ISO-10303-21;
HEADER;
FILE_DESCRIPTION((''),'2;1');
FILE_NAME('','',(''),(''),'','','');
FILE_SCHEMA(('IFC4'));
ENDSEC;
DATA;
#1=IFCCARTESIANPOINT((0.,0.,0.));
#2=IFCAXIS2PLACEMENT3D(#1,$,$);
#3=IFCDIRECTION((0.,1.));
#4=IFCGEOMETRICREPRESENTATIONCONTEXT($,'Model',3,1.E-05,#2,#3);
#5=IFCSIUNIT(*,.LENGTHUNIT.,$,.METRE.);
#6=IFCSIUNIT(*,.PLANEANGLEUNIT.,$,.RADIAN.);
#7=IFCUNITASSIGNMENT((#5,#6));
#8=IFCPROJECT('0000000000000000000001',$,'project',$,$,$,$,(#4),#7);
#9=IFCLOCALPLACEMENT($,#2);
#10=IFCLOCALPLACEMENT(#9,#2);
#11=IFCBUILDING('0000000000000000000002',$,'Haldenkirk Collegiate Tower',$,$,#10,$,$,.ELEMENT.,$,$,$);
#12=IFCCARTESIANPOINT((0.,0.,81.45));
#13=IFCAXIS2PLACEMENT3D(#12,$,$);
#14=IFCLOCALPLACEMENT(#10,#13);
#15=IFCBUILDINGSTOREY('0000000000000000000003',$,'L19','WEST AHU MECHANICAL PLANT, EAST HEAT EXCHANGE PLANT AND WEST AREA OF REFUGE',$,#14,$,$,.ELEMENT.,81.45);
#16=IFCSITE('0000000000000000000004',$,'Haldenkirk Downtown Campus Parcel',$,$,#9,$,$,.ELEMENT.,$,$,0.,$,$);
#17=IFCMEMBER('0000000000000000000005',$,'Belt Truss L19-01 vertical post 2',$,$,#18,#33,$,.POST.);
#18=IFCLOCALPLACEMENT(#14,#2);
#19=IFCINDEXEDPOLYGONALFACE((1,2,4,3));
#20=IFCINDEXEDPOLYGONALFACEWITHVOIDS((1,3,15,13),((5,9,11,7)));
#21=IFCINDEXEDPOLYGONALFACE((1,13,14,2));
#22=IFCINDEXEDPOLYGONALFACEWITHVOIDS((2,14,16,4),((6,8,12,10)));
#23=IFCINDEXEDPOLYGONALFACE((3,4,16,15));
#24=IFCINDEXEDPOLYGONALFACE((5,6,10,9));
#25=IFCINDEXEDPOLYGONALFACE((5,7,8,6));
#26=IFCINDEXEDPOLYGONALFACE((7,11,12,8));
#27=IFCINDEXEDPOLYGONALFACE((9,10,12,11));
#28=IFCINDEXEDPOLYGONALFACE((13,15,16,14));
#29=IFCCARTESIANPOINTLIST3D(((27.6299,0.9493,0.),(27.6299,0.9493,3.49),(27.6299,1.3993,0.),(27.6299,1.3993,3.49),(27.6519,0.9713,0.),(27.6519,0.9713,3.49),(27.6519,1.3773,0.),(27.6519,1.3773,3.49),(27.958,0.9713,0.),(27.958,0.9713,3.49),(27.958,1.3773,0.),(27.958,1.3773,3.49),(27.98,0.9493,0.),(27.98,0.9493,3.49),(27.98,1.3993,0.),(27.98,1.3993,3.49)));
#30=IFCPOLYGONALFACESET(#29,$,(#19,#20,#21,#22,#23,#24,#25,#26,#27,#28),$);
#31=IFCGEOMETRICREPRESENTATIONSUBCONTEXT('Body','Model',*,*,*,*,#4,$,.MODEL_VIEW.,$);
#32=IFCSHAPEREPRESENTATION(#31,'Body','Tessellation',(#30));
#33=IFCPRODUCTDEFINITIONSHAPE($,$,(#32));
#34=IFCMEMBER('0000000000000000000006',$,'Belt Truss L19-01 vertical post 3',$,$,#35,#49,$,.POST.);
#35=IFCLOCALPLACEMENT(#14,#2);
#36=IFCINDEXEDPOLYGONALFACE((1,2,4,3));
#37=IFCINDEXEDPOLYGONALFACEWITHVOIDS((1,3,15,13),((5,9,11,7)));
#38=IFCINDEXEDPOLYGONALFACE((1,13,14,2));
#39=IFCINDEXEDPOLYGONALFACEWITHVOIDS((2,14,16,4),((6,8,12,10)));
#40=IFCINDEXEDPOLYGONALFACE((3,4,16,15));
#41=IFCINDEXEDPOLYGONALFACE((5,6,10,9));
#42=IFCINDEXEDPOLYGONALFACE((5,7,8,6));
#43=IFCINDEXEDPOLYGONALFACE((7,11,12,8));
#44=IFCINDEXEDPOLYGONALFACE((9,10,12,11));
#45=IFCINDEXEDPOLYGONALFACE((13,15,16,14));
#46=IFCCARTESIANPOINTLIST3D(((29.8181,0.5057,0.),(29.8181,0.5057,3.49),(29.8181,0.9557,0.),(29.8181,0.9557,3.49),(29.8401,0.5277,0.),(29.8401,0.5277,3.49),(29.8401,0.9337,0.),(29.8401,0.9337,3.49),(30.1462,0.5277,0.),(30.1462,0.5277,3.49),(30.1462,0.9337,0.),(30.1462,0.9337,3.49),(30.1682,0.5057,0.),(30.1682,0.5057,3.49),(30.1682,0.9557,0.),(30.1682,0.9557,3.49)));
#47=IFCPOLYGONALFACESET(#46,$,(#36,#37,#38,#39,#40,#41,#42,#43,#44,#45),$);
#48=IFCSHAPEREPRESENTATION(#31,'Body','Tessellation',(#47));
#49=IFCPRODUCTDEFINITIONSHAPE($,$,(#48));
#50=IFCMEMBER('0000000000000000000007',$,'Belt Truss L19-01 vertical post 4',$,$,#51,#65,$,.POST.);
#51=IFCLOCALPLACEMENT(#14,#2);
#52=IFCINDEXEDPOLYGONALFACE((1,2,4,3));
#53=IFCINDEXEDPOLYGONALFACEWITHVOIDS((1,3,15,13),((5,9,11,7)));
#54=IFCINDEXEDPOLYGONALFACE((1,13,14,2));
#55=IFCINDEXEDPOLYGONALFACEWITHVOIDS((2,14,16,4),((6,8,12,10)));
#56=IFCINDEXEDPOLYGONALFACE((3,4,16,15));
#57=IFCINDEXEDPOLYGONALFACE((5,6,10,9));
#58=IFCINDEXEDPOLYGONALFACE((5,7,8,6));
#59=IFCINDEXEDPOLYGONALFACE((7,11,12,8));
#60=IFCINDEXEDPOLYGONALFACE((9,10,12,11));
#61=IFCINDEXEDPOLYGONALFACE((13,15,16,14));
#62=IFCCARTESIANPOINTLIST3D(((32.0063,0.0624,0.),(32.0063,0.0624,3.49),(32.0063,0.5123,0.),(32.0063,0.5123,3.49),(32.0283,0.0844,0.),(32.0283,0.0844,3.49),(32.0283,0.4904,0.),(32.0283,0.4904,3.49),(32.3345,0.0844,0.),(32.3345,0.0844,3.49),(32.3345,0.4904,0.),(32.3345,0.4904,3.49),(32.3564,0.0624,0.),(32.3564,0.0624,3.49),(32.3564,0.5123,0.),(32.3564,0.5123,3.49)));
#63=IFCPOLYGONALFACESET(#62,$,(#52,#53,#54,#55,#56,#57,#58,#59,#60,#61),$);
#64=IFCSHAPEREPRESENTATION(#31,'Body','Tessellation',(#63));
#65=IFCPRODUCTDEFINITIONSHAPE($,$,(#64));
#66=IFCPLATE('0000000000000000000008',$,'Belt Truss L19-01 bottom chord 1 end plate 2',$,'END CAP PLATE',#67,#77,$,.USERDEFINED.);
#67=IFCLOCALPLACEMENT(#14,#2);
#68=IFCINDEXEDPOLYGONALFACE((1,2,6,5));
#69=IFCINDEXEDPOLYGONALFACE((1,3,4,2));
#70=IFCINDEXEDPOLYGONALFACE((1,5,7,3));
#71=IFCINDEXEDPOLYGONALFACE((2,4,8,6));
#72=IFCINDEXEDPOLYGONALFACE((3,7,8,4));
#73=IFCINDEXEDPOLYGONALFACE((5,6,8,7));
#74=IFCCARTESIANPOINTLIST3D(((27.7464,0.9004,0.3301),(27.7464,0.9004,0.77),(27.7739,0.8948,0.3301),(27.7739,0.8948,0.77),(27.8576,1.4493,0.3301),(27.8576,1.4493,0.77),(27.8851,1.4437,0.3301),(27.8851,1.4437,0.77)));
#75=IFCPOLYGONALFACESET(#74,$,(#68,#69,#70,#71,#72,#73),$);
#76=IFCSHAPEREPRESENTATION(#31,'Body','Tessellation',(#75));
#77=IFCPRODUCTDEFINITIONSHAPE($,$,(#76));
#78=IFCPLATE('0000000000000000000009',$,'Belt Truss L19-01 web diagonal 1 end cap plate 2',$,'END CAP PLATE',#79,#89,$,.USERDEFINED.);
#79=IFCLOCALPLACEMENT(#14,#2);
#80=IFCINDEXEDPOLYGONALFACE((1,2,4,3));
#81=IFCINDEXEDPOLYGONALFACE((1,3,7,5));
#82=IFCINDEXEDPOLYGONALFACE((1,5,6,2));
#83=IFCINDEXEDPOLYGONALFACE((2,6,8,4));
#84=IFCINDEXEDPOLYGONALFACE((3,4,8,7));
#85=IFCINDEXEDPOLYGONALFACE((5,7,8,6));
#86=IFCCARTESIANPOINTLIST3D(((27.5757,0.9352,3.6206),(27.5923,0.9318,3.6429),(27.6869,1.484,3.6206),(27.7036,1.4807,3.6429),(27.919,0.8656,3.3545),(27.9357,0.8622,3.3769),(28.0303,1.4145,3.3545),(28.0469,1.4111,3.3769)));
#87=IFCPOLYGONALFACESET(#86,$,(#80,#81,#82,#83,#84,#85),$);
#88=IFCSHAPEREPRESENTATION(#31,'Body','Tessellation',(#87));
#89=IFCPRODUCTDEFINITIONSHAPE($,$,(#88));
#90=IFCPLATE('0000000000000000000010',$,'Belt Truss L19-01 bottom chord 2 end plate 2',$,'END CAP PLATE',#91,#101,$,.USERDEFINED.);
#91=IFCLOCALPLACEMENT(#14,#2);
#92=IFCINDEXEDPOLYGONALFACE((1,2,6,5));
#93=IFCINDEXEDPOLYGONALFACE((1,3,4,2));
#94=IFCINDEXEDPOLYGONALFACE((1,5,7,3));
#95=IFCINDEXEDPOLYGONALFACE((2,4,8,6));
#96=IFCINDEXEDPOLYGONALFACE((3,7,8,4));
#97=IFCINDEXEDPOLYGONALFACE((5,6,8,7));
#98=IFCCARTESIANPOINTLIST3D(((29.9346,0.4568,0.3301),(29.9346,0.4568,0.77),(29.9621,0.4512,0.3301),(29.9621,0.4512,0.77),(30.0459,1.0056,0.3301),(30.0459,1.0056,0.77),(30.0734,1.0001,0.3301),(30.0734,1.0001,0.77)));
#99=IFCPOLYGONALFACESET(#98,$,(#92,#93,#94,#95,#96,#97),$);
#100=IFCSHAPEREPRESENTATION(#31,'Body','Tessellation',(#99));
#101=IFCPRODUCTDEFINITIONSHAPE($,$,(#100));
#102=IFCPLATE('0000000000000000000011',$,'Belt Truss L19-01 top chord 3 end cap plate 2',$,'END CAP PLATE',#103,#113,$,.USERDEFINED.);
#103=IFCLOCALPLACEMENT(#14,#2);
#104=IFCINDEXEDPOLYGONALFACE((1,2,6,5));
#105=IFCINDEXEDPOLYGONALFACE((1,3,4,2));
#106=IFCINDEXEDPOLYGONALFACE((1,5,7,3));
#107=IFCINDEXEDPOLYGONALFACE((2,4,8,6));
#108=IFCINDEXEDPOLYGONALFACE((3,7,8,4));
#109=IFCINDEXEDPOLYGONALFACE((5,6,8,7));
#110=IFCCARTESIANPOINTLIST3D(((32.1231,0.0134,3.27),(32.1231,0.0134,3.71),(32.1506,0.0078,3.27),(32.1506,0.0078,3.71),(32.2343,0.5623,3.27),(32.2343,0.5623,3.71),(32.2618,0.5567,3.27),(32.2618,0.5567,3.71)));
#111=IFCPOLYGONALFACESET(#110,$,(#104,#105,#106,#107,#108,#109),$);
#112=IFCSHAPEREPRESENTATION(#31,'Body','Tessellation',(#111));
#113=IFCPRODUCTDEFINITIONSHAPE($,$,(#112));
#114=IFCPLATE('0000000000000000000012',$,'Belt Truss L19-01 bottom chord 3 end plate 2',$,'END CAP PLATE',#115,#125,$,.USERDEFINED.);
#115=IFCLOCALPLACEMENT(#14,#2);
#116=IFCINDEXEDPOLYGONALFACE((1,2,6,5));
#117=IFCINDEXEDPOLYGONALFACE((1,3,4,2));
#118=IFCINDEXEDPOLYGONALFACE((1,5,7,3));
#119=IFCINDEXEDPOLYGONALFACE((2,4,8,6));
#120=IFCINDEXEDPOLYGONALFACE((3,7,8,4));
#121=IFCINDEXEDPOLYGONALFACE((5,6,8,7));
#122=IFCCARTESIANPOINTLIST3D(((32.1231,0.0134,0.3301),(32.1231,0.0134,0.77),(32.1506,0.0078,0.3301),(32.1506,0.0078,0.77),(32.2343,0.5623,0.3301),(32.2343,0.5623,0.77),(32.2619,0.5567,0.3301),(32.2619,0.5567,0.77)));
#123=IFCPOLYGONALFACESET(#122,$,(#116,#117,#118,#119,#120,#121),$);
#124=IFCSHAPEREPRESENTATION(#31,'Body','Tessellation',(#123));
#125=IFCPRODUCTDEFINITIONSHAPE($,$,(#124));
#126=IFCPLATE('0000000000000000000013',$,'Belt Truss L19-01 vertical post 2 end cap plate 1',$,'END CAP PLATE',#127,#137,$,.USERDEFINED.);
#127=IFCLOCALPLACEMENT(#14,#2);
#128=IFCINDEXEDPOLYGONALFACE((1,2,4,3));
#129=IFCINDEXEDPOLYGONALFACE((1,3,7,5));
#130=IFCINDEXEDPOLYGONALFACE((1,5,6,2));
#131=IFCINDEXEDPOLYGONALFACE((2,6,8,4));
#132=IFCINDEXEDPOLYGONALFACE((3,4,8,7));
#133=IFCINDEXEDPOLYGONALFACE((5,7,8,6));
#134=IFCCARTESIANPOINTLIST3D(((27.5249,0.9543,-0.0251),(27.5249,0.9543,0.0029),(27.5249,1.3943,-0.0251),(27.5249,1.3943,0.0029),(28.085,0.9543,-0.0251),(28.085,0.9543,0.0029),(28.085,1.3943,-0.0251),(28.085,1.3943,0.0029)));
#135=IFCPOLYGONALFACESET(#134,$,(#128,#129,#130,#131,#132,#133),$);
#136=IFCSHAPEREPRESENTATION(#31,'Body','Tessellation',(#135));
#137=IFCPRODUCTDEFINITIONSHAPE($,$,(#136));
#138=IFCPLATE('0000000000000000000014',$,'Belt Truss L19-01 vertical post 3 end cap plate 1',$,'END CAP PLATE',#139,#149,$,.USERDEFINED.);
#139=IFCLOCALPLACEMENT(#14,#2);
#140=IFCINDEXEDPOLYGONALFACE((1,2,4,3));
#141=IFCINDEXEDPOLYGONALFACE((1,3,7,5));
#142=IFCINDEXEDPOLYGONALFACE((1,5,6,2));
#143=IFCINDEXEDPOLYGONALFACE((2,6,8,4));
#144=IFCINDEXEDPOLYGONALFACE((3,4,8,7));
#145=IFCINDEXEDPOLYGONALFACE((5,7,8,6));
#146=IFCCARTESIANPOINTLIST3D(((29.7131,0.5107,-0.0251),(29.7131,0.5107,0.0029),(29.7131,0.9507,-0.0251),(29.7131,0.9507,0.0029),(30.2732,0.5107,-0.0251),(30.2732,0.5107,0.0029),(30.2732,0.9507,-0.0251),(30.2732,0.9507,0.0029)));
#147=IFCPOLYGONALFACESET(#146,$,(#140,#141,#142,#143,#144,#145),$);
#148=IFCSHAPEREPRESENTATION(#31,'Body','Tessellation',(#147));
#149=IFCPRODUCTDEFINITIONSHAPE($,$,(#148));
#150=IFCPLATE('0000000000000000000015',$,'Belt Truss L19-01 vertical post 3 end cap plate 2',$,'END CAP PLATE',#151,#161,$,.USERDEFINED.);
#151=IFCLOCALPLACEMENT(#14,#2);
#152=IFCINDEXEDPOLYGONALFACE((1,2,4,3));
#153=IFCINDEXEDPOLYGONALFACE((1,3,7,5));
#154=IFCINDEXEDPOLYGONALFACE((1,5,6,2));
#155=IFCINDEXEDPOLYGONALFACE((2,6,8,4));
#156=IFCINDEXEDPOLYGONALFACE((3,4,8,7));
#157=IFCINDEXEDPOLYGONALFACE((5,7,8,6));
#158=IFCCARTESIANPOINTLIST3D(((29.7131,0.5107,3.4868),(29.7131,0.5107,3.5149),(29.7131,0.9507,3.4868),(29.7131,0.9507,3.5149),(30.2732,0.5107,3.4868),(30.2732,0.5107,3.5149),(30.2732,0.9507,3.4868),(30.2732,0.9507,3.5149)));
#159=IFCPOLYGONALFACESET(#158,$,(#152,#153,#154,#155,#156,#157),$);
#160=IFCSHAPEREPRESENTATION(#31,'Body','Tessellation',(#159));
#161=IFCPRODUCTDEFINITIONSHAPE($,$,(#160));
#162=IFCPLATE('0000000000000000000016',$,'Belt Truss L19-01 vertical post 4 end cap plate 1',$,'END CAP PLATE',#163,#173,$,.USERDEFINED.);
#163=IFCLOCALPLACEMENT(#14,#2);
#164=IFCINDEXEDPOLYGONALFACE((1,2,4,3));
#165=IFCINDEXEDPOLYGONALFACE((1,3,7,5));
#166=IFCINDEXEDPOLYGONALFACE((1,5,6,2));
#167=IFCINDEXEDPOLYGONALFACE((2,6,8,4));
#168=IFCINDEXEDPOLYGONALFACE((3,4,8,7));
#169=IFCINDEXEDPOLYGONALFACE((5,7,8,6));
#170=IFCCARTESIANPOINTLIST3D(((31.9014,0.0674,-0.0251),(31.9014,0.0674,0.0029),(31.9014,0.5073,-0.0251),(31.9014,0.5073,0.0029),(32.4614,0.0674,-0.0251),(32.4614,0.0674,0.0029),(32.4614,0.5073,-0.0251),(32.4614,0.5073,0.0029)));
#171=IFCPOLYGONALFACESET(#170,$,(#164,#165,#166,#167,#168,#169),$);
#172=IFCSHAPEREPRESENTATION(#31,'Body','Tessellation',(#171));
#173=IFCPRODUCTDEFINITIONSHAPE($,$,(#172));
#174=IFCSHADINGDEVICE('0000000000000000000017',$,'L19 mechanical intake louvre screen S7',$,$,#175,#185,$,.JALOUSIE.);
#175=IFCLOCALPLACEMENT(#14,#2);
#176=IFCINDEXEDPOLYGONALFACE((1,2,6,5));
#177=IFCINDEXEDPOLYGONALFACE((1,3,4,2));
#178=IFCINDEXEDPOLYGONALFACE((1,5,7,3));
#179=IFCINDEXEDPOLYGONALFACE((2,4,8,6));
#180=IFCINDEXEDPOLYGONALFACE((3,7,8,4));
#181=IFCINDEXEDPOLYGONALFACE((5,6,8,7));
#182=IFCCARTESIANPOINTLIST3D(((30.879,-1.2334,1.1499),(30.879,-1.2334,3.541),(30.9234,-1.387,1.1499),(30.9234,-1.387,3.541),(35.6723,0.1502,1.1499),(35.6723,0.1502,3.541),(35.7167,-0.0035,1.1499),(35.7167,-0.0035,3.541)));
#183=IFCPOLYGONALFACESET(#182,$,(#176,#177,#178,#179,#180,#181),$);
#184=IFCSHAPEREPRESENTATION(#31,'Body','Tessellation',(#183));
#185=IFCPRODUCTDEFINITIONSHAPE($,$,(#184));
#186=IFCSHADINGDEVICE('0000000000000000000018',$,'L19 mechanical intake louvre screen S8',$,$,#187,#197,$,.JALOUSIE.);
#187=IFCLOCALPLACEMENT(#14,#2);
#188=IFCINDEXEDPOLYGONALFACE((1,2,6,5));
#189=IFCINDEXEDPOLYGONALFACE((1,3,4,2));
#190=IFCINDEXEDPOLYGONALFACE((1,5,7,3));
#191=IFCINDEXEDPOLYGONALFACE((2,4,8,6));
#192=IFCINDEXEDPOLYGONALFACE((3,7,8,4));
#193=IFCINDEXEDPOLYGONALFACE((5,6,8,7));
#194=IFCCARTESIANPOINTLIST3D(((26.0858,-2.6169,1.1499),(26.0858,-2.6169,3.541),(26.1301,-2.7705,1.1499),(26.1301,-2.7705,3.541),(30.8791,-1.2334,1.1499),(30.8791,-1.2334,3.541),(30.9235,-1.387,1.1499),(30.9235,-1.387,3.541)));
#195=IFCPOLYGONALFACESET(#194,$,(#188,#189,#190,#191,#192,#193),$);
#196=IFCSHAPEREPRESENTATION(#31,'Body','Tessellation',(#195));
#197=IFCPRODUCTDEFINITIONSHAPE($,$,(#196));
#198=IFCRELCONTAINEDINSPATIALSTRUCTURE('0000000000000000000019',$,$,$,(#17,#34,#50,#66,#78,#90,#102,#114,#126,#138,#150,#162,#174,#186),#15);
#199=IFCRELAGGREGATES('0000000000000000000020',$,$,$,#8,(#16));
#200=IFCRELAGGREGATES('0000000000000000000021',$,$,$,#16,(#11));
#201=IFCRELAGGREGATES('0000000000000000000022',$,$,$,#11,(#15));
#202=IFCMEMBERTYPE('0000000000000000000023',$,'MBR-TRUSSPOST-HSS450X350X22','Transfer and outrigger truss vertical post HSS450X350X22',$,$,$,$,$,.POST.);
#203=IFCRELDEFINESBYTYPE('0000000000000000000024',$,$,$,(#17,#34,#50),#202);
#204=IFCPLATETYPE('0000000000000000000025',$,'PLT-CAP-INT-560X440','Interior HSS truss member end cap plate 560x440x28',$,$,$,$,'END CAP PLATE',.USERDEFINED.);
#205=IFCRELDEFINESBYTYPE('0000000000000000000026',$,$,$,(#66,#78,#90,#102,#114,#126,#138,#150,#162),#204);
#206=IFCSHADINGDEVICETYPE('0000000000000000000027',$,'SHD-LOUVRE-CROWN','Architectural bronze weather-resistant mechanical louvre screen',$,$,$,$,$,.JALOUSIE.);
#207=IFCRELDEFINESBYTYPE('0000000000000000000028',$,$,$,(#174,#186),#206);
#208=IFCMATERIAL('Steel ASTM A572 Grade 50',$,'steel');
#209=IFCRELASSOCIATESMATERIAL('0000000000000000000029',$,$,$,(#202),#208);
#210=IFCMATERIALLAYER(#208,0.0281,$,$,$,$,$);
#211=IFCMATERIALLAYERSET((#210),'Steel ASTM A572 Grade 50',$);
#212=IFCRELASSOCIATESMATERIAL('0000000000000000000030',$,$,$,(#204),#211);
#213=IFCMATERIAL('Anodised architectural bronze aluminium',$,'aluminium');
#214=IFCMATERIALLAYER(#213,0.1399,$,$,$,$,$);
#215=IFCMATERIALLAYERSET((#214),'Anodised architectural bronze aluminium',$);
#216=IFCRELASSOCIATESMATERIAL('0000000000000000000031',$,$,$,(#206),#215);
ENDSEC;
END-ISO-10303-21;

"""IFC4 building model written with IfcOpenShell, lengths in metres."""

from ifc_helpers import new_model, si_unit, direction, frame, origin, origin_2d, place, context, subcontext, project, spatial, rectangle, hollow_rectangle, extrude, source, transform, mapped, material, layer, layer_set, material_profile, profile_set, type_object, element, save


model = new_model("IFC4")

# Units and contexts
model_context = context("Model", 3, precision=1e-05, world=origin(), true_north=direction((0.0, 1.0)))
body_context = subcontext(model_context, "Body", "Model", "MODEL_VIEW")
ifc_project = project(units=[si_unit("LENGTHUNIT", "METRE"), si_unit("PLANEANGLEUNIT", "RADIAN")], contexts=[model_context])

# Site, building, storey
site_placement = place(None, origin())
site = spatial("IfcSite", under=ifc_project, at=site_placement, Name="Haldenkirk Downtown Campus Parcel", CompositionType="ELEMENT", RefElevation=0.0)
building_placement = place(site_placement, origin())
building = spatial("IfcBuilding", under=site, at=building_placement, Name="Haldenkirk Collegiate Tower", CompositionType="ELEMENT")
storey_placement = place(building_placement, frame((0.0, 0.0, 81.45)))
storey = spatial("IfcBuildingStorey", under=building, at=storey_placement, Name="L19", Description="WEST AHU MECHANICAL PLANT, EAST HEAT EXCHANGE PLANT AND WEST AREA OF REFUGE", CompositionType="ELEMENT", Elevation=81.45)

# Members
ifc_material_1 = material(Name="Steel ASTM A572 Grade 50", Category="steel")
ifc_material_profile_1 = material_profile(ifc_material_1, hollow_rectangle(XDim=0.3501, YDim=0.45, WallThickness=0.022, at=origin_2d()), Name="HSS450X350X22")
ifc_profile_set_1 = profile_set([ifc_material_profile_1], Name="Steel ASTM A572 Grade 50")
member_type_1 = type_object("IfcMemberType", Name="MBR-TRUSSPOST-HSS450X350X22", Description="Transfer and outrigger truss vertical post HSS450X350X22", PredefinedType="POST", material=ifc_profile_set_1)
for number, where, z_axis, x_axis, name in (
    (1, (27.8049, 1.1743, 0.0), (0.0, 0.0, 1.0), (1.0, 0.0, 0.0), "Belt Truss L19-01 vertical post 2"),
    (2, (29.9932, 0.7307, 0.0), (0.0, 0.0, 1.0), (1.0, 0.0, 0.0), "Belt Truss L19-01 vertical post 3"),
    (3, (32.1814, 0.2874, 0.0), (0.0, 0.0, 1.0), (1.0, 0.0, 0.0), "Belt Truss L19-01 vertical post 4"),
):
    element("IfcMember", number, at=place(storey_placement, frame(where, z_axis=z_axis, x_axis=x_axis)), inside=storey, type_object=member_type_1, Name=name, PredefinedType="POST", context=body_context, shape_type="SweptSolid", body=[
        extrude(hollow_rectangle(XDim=0.3501, YDim=0.45, WallThickness=0.022, at=origin_2d()), origin(), (0.0, 0.0, 1.0), 3.49),
    ])

# Plates
ifc_layer_1 = layer(ifc_material_1, 0.0281)
ifc_layer_set_1 = layer_set([ifc_layer_1], Name="Steel ASTM A572 Grade 50")
plate_type = type_object("IfcPlateType", Name="PLT-CAP-INT-560X440", Description="Interior HSS truss member end cap plate 560x440x28", ElementType="END CAP PLATE", PredefinedType="USERDEFINED", material=ifc_layer_set_1)
shared_shape_1 = source(origin(), body_context, "Body", "SweptSolid", [
    extrude(rectangle(XDim=0.5601, YDim=0.4399, at=origin_2d()), origin(), (0.0, 0.0, 1.0), 0.0281),
])
for number, where, z_axis, x_axis, name in (
    (4, (27.802, 1.1748, 0.55), (0.980072, -0.198645, 0.0), (0.198645, 0.980072, 0.0), "Belt Truss L19-01 bottom chord 1 end plate 2"),
    (5, (27.803, 1.1748, 3.4875), (0.592756, -0.120133, 0.796372), (0.19863, 0.980075, 0.0), "Belt Truss L19-01 web diagonal 1 end cap plate 2"),
    (6, (29.9902, 0.7312, 0.55), (0.980072, -0.198645, 0.0), (0.198645, 0.980072, 0.0), "Belt Truss L19-01 bottom chord 2 end plate 2"),
    (7, (32.1787, 0.2878, 3.49), (0.980075, -0.19863, 0.0), (0.19863, 0.980075, 0.0), "Belt Truss L19-01 top chord 3 end cap plate 2"),
    (8, (32.1787, 0.2878, 0.55), (0.980072, -0.198645, 0.0), (0.198645, 0.980072, 0.0), "Belt Truss L19-01 bottom chord 3 end plate 2"),
    (9, (27.8049, 1.1743, 0.0029), (0.0, 0.0, -1.0), (1.0, 0.0, 0.0), "Belt Truss L19-01 vertical post 2 end cap plate 1"),
    (10, (29.9932, 0.7307, 0.0029), (0.0, 0.0, -1.0), (1.0, 0.0, 0.0), "Belt Truss L19-01 vertical post 3 end cap plate 1"),
    (11, (29.9932, 0.7307, 3.4868), (0.0, 0.0, 1.0), (1.0, 0.0, 0.0), "Belt Truss L19-01 vertical post 3 end cap plate 2"),
    (12, (32.1814, 0.2874, 0.0029), (0.0, 0.0, -1.0), (1.0, 0.0, 0.0), "Belt Truss L19-01 vertical post 4 end cap plate 1"),
):
    element("IfcPlate", number, at=place(storey_placement, frame(where, z_axis=z_axis, x_axis=x_axis)), inside=storey, type_object=plate_type, Name=name, ObjectType="END CAP PLATE", PredefinedType="USERDEFINED", context=body_context, shape_type="MappedRepresentation", body=[
        mapped(shared_shape_1, transform((0.0, 0.0, 0.0), x_axis=(1.0, 0.0, 0.0), y_axis=(0.0, 1.0, 0.0), z_axis=(0.0, 0.0, 1.0), scale=1.0)),
    ])

# Shading devices
ifc_material_2 = material(Name="Anodised architectural bronze aluminium", Category="aluminium")
ifc_layer_2 = layer(ifc_material_2, 0.1399)
ifc_layer_set_2 = layer_set([ifc_layer_2], Name="Anodised architectural bronze aluminium")
shading_device_type = type_object("IfcShadingDeviceType", Name="SHD-LOUVRE-CROWN", Description="Architectural bronze weather-resistant mechanical louvre screen", PredefinedType="JALOUSIE", material=ifc_layer_set_2)
shared_shape_2 = source(origin(), body_context, "Body", "SweptSolid", [
    extrude(rectangle(XDim=4.989, YDim=0.1599, at=origin_2d()), origin(), (0.0, 0.0, 1.0), 2.3911),
])
for number, where, z_axis, x_axis, name in (
    (13, (33.2979, -0.6184, 1.1499), (0.0, 0.0, 1.0), (-0.960779, -0.277315, 0.0), "L19 mechanical intake louvre screen S7"),
    (14, (28.5046, -2.002, 1.1499), (0.0, 0.0, 1.0), (-0.960779, -0.277315, 0.0), "L19 mechanical intake louvre screen S8"),
):
    element("IfcShadingDevice", number, at=place(storey_placement, frame(where, z_axis=z_axis, x_axis=x_axis)), inside=storey, type_object=shading_device_type, Name=name, PredefinedType="JALOUSIE", context=body_context, shape_type="MappedRepresentation", body=[
        mapped(shared_shape_2, transform((0.0, 0.0, 0.0), x_axis=(1.0, 0.0, 0.0), y_axis=(0.0, 1.0, 0.0), z_axis=(0.0, 0.0, 1.0), scale=1.0)),
    ])

save(model, "model.ifc")
